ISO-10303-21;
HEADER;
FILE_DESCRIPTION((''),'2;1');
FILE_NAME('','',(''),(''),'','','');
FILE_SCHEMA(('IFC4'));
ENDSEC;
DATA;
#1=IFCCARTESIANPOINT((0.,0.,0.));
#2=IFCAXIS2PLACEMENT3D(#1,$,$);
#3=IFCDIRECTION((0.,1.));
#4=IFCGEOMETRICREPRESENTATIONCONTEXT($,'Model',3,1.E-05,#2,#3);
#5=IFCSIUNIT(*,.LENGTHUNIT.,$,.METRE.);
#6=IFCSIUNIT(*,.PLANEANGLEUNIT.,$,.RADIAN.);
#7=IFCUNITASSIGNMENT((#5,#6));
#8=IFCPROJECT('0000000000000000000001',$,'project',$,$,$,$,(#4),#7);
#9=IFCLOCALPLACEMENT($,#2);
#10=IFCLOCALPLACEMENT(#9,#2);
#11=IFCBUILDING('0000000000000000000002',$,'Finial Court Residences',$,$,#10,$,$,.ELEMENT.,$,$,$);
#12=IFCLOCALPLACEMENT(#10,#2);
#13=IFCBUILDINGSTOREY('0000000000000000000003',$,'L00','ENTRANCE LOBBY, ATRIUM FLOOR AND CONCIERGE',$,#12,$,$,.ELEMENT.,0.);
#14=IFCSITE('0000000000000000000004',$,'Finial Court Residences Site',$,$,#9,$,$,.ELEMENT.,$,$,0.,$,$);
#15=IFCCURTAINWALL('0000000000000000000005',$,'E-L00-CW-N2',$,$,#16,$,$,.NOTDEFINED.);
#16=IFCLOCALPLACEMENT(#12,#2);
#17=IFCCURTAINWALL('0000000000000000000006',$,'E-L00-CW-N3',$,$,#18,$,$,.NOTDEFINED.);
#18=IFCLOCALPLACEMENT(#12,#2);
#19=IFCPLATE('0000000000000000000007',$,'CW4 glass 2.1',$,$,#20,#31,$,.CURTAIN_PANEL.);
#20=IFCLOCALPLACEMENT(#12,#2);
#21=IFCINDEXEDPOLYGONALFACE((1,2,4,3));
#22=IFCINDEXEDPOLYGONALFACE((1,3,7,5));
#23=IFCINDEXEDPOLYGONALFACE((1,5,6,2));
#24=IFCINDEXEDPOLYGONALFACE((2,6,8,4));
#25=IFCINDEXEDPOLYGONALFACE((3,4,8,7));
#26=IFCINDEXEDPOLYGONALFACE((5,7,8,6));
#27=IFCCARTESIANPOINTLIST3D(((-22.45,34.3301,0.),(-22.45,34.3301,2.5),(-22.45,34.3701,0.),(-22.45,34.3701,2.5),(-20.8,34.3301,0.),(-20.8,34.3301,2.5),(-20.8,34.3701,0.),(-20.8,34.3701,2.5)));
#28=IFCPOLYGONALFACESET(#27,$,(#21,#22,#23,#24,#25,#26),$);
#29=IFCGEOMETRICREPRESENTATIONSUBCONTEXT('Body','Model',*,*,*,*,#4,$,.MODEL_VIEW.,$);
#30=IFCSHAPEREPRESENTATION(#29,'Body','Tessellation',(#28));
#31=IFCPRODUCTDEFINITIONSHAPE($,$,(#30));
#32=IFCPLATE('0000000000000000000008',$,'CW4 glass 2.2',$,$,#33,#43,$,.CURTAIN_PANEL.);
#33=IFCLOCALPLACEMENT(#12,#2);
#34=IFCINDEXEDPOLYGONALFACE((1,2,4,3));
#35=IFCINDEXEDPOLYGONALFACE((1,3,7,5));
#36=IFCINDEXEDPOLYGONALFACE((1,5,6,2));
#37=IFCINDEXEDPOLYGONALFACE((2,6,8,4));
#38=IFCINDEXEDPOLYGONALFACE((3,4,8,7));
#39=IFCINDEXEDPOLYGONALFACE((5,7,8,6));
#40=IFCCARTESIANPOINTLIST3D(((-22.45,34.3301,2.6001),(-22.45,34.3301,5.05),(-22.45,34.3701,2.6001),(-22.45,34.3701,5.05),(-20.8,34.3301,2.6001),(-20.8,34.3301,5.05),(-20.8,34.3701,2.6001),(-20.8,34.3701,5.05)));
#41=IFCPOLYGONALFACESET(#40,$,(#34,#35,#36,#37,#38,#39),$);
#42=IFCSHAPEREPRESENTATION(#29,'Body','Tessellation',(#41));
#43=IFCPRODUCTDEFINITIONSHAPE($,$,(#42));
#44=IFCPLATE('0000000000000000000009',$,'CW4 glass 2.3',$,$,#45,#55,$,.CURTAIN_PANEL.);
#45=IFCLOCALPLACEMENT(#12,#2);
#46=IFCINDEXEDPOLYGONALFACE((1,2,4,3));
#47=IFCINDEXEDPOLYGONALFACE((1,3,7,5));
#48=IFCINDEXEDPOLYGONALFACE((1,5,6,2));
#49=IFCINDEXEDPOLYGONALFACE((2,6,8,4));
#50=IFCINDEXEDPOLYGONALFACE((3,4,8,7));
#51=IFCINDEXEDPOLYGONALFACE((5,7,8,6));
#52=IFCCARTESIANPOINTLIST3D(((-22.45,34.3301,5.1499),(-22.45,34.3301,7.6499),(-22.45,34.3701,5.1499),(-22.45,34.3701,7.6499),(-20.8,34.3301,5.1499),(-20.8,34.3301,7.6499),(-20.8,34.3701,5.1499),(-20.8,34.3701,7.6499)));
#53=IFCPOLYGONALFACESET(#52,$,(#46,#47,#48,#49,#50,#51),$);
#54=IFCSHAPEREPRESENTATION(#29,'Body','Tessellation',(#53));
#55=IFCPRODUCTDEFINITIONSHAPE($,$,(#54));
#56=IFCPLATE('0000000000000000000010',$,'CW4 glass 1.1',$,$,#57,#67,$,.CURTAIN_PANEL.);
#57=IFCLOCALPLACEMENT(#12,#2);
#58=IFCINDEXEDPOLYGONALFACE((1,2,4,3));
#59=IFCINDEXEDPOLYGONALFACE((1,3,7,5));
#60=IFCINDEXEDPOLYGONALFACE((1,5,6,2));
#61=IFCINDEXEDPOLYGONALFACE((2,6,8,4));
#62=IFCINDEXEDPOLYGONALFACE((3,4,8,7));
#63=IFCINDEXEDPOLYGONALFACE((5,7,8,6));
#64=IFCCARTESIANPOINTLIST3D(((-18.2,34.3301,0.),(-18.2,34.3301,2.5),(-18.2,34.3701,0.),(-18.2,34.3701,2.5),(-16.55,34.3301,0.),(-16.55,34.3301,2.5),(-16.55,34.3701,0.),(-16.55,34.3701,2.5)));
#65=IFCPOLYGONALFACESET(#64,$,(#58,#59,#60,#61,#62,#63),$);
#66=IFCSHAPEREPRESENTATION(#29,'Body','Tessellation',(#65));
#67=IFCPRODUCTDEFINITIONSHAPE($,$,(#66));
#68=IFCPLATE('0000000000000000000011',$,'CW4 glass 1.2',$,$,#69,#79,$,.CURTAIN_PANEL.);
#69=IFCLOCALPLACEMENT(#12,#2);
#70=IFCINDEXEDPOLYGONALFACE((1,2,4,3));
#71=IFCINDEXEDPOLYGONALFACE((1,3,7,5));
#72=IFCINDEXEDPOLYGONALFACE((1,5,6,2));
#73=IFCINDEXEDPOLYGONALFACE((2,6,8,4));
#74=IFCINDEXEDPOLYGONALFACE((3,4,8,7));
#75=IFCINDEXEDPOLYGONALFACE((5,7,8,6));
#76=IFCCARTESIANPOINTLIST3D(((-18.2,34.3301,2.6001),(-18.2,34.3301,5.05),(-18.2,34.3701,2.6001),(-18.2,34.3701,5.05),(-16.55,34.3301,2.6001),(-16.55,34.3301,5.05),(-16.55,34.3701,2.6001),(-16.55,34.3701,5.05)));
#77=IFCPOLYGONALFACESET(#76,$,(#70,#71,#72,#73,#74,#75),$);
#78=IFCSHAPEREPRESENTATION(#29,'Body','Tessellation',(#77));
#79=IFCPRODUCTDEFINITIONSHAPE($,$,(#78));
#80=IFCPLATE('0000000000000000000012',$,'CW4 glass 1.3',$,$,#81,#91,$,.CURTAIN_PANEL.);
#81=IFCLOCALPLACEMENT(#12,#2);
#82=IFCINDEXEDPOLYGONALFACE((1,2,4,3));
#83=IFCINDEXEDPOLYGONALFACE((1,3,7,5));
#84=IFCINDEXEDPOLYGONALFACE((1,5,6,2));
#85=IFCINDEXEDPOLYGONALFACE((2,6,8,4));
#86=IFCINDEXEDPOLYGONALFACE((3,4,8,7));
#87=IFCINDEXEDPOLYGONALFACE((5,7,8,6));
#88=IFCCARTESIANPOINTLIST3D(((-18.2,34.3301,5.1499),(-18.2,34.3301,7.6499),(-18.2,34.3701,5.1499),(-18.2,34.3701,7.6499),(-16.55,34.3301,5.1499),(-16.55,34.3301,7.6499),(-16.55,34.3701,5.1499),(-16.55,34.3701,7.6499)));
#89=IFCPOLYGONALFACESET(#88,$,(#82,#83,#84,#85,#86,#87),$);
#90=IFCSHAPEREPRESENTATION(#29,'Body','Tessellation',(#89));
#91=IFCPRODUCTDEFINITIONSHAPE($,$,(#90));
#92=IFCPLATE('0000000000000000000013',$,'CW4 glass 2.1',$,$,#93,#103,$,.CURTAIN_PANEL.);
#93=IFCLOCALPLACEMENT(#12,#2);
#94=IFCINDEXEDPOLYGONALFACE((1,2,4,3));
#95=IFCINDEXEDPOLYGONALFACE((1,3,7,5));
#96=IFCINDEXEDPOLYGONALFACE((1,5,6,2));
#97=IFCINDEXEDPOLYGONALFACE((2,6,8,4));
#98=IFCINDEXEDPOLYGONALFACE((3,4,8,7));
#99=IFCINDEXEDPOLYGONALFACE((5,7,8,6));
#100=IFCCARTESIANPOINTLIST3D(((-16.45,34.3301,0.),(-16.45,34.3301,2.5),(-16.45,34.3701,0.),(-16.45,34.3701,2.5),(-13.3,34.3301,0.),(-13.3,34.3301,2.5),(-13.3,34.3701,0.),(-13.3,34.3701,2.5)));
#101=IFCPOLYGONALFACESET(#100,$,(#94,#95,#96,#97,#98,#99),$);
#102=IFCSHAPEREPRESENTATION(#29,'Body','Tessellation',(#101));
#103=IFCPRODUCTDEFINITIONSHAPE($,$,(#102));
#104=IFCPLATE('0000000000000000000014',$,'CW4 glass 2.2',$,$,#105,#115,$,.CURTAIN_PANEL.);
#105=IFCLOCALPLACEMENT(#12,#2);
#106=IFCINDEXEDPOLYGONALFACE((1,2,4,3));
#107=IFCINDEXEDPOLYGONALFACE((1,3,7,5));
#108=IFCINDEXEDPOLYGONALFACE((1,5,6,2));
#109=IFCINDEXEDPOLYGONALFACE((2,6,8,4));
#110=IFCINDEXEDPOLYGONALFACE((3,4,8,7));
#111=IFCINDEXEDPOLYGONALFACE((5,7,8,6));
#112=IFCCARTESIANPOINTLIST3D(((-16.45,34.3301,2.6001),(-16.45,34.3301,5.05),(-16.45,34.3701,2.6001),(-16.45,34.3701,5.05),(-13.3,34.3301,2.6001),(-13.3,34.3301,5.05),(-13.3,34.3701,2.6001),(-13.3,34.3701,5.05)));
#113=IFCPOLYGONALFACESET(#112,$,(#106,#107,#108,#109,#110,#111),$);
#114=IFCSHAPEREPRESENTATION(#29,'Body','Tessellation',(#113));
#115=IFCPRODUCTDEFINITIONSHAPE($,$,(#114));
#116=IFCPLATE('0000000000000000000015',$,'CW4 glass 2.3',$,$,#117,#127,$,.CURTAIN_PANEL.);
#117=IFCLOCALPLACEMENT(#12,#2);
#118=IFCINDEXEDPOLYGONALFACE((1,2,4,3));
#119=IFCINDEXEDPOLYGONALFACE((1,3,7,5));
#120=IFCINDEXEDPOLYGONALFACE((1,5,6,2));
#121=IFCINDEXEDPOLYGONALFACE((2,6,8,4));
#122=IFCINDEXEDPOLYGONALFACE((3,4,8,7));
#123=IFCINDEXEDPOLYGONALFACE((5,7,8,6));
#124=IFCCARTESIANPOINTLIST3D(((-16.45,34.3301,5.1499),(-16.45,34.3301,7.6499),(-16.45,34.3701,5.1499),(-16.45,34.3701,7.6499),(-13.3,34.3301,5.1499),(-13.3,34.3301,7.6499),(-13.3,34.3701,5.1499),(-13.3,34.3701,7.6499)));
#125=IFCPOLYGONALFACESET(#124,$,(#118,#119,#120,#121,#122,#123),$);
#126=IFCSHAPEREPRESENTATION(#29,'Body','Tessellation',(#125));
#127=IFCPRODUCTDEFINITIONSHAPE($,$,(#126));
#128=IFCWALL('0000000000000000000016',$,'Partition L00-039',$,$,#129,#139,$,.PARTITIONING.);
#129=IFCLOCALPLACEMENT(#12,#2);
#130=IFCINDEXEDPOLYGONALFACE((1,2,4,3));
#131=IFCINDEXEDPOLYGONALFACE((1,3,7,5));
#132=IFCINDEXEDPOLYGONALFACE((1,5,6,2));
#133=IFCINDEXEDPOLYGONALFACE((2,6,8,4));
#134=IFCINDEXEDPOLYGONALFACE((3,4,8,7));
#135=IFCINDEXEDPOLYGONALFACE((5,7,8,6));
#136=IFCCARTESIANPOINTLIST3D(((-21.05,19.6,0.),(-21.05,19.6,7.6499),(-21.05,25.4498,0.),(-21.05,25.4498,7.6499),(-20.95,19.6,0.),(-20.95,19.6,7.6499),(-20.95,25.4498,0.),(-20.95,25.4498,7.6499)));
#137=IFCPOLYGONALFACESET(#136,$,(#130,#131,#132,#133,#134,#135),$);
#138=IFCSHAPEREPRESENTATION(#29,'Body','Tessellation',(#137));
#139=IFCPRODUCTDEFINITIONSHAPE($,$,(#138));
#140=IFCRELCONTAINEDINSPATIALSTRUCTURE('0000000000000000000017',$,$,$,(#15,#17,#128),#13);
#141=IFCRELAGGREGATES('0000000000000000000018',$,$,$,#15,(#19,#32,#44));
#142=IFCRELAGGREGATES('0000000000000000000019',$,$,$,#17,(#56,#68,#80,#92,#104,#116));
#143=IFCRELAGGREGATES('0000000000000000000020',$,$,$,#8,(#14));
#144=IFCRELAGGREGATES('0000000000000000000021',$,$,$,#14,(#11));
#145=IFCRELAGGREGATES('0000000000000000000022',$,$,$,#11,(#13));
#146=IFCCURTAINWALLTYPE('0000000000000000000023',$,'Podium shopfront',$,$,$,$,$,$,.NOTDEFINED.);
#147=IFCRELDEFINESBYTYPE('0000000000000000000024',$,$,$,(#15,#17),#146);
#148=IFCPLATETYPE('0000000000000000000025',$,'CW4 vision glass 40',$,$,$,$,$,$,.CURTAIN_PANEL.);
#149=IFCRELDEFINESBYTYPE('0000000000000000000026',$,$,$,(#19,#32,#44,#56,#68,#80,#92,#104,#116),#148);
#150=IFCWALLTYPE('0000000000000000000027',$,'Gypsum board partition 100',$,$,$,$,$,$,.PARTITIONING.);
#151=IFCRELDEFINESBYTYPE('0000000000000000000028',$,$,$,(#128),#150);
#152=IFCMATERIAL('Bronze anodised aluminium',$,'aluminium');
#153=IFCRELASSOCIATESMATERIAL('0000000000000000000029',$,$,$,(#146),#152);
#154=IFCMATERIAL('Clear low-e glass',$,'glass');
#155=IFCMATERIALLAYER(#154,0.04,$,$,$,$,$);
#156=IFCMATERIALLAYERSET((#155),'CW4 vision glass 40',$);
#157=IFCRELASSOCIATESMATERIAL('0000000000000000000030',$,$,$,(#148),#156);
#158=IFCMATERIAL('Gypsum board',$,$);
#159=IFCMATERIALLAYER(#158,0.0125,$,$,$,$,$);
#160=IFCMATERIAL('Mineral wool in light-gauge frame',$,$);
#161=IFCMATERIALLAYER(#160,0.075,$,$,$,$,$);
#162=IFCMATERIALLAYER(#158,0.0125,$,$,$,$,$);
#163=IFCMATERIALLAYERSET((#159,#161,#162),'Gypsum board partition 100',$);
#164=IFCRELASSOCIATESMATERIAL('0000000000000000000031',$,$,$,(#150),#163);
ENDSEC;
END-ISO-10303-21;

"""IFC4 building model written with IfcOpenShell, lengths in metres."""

from ifc_helpers import new_model, si_unit, direction, frame, frame_2d, origin, origin_2d, place, context, subcontext, project, spatial, rectangle, extrude, material, layer, layer_set, type_object, element, aggregate, save


model = new_model("IFC4")

# Units and contexts
model_context = context("Model", 3, precision=1e-05, world=origin(), true_north=direction((0.0, 1.0)))
body_context = subcontext(model_context, "Body", "Model", "MODEL_VIEW")
ifc_project = project(units=[si_unit("LENGTHUNIT", "METRE"), si_unit("PLANEANGLEUNIT", "RADIAN")], contexts=[model_context])

# Site, building, storey
site_placement = place(None, origin())
site = spatial("IfcSite", under=ifc_project, at=site_placement, Name="Finial Court Residences Site", CompositionType="ELEMENT", RefElevation=0.0)
building_placement = place(site_placement, origin())
building = spatial("IfcBuilding", under=site, at=building_placement, Name="Finial Court Residences", CompositionType="ELEMENT")
storey_placement = place(building_placement, origin())
storey = spatial("IfcBuildingStorey", under=building, at=storey_placement, Name="L00", Description="ENTRANCE LOBBY, ATRIUM FLOOR AND CONCIERGE", CompositionType="ELEMENT", Elevation=0.0)

# Curtain walls
ifc_material_1 = material(Name="Bronze anodised aluminium", Category="aluminium")
curtain_wall_type = type_object("IfcCurtainWallType", Name="Podium shopfront", PredefinedType="NOTDEFINED", material=ifc_material_1)
curtain_wall_1_placement = place(storey_placement, origin())
curtain_wall_1 = element("IfcCurtainWall", 1, at=curtain_wall_1_placement, inside=storey, type_object=curtain_wall_type, Name="E-L00-CW-N2", PredefinedType="NOTDEFINED")
curtain_wall_2_placement = place(storey_placement, origin())
curtain_wall_2 = element("IfcCurtainWall", 2, at=curtain_wall_2_placement, inside=storey, type_object=curtain_wall_type, Name="E-L00-CW-N3", PredefinedType="NOTDEFINED")

# Plates
ifc_material_2 = material(Name="Clear low-e glass", Category="glass")
ifc_layer_1 = layer(ifc_material_2, 0.04)
ifc_layer_set_1 = layer_set([ifc_layer_1], Name="CW4 vision glass 40")
plate_type = type_object("IfcPlateType", Name="CW4 vision glass 40", PredefinedType="CURTAIN_PANEL", material=ifc_layer_set_1)
plate_1_placement = place(storey_placement, frame((-21.625, 34.3501, 0.0), z_axis=(0.0, 0.0, 1.0), x_axis=(1.0, 0.0, 0.0)))
plate_1 = element("IfcPlate", 3, at=plate_1_placement, type_object=plate_type, Name="CW4 glass 2.1", PredefinedType="CURTAIN_PANEL", context=body_context, shape_type="SweptSolid", body=[
    extrude(rectangle(XDim=1.6499, YDim=0.04, at=origin_2d()), origin(), (0.0, 0.0, 1.0), 2.5),
])
plate_2_placement = place(storey_placement, frame((-21.625, 34.3501, 2.6001), z_axis=(0.0, 0.0, 1.0), x_axis=(1.0, 0.0, 0.0)))
plate_2 = element("IfcPlate", 4, at=plate_2_placement, type_object=plate_type, Name="CW4 glass 2.2", PredefinedType="CURTAIN_PANEL", context=body_context, shape_type="SweptSolid", body=[
    extrude(rectangle(XDim=1.6499, YDim=0.04, at=origin_2d()), origin(), (0.0, 0.0, 1.0), 2.45),
])
plate_3_placement = place(storey_placement, frame((-21.625, 34.3501, 5.1499), z_axis=(0.0, 0.0, 1.0), x_axis=(1.0, 0.0, 0.0)))
plate_3 = element("IfcPlate", 5, at=plate_3_placement, type_object=plate_type, Name="CW4 glass 2.3", PredefinedType="CURTAIN_PANEL", context=body_context, shape_type="SweptSolid", body=[
    extrude(rectangle(XDim=1.6499, YDim=0.04, at=origin_2d()), origin(), (0.0, 0.0, 1.0), 2.5),
])
aggregate(curtain_wall_1, [plate_1, plate_2, plate_3])
plate_4_placement = place(storey_placement, frame((-17.375, 34.3501, 0.0), z_axis=(0.0, 0.0, 1.0), x_axis=(1.0, 0.0, 0.0)))
plate_4 = element("IfcPlate", 6, at=plate_4_placement, type_object=plate_type, Name="CW4 glass 1.1", PredefinedType="CURTAIN_PANEL", context=body_context, shape_type="SweptSolid", body=[
    extrude(rectangle(XDim=1.6499, YDim=0.04, at=origin_2d()), origin(), (0.0, 0.0, 1.0), 2.5),
])
plate_5_placement = place(storey_placement, frame((-17.375, 34.3501, 2.6001), z_axis=(0.0, 0.0, 1.0), x_axis=(1.0, 0.0, 0.0)))
plate_5 = element("IfcPlate", 7, at=plate_5_placement, type_object=plate_type, Name="CW4 glass 1.2", PredefinedType="CURTAIN_PANEL", context=body_context, shape_type="SweptSolid", body=[
    extrude(rectangle(XDim=1.6499, YDim=0.04, at=origin_2d()), origin(), (0.0, 0.0, 1.0), 2.45),
])
plate_6_placement = place(storey_placement, frame((-17.375, 34.3501, 5.1499), z_axis=(0.0, 0.0, 1.0), x_axis=(1.0, 0.0, 0.0)))
plate_6 = element("IfcPlate", 8, at=plate_6_placement, type_object=plate_type, Name="CW4 glass 1.3", PredefinedType="CURTAIN_PANEL", context=body_context, shape_type="SweptSolid", body=[
    extrude(rectangle(XDim=1.6499, YDim=0.04, at=origin_2d()), origin(), (0.0, 0.0, 1.0), 2.5),
])
plate_7_placement = place(storey_placement, frame((-14.875, 34.3501, 0.0), z_axis=(0.0, 0.0, 1.0), x_axis=(1.0, 0.0, 0.0)))
plate_7 = element("IfcPlate", 9, at=plate_7_placement, type_object=plate_type, Name="CW4 glass 2.1", PredefinedType="CURTAIN_PANEL", context=body_context, shape_type="SweptSolid", body=[
    extrude(rectangle(XDim=3.1499, YDim=0.04, at=origin_2d()), origin(), (0.0, 0.0, 1.0), 2.5),
])
plate_8_placement = place(storey_placement, frame((-14.875, 34.3501, 2.6001), z_axis=(0.0, 0.0, 1.0), x_axis=(1.0, 0.0, 0.0)))
plate_8 = element("IfcPlate", 10, at=plate_8_placement, type_object=plate_type, Name="CW4 glass 2.2", PredefinedType="CURTAIN_PANEL", context=body_context, shape_type="SweptSolid", body=[
    extrude(rectangle(XDim=3.1499, YDim=0.04, at=origin_2d()), origin(), (0.0, 0.0, 1.0), 2.45),
])
plate_9_placement = place(storey_placement, frame((-14.875, 34.3501, 5.1499), z_axis=(0.0, 0.0, 1.0), x_axis=(1.0, 0.0, 0.0)))
plate_9 = element("IfcPlate", 11, at=plate_9_placement, type_object=plate_type, Name="CW4 glass 2.3", PredefinedType="CURTAIN_PANEL", context=body_context, shape_type="SweptSolid", body=[
    extrude(rectangle(XDim=3.1499, YDim=0.04, at=origin_2d()), origin(), (0.0, 0.0, 1.0), 2.5),
])
aggregate(curtain_wall_2, [plate_4, plate_5, plate_6, plate_7, plate_8, plate_9])

# Wall
ifc_material_3 = material(Name="Gypsum board")
ifc_layer_2 = layer(ifc_material_3, 0.0125)
ifc_material_4 = material(Name="Mineral wool in light-gauge frame")
ifc_layer_3 = layer(ifc_material_4, 0.075)
ifc_layer_4 = layer(ifc_material_3, 0.0125)
ifc_layer_set_2 = layer_set([ifc_layer_2, ifc_layer_3, ifc_layer_4], Name="Gypsum board partition 100")
wall_type_1 = type_object("IfcWallType", Name="Gypsum board partition 100", PredefinedType="PARTITIONING", material=ifc_layer_set_2)
wall_1_placement = place(storey_placement, frame((-21.0, 19.6001, 0.0), z_axis=(0.0, 0.0, 1.0), x_axis=(0.0, 1.0, 0.0)))
element("IfcWall", 12, at=wall_1_placement, inside=storey, type_object=wall_type_1, Name="Partition L00-039", PredefinedType="PARTITIONING", context=body_context, shape_type="SweptSolid", body=[
    extrude(rectangle(XDim=5.8499, YDim=0.1001, at=frame_2d((2.9248, 0.0))), origin(), (0.0, 0.0, 1.0), 7.6499),
])

save(model, "model.ifc")
